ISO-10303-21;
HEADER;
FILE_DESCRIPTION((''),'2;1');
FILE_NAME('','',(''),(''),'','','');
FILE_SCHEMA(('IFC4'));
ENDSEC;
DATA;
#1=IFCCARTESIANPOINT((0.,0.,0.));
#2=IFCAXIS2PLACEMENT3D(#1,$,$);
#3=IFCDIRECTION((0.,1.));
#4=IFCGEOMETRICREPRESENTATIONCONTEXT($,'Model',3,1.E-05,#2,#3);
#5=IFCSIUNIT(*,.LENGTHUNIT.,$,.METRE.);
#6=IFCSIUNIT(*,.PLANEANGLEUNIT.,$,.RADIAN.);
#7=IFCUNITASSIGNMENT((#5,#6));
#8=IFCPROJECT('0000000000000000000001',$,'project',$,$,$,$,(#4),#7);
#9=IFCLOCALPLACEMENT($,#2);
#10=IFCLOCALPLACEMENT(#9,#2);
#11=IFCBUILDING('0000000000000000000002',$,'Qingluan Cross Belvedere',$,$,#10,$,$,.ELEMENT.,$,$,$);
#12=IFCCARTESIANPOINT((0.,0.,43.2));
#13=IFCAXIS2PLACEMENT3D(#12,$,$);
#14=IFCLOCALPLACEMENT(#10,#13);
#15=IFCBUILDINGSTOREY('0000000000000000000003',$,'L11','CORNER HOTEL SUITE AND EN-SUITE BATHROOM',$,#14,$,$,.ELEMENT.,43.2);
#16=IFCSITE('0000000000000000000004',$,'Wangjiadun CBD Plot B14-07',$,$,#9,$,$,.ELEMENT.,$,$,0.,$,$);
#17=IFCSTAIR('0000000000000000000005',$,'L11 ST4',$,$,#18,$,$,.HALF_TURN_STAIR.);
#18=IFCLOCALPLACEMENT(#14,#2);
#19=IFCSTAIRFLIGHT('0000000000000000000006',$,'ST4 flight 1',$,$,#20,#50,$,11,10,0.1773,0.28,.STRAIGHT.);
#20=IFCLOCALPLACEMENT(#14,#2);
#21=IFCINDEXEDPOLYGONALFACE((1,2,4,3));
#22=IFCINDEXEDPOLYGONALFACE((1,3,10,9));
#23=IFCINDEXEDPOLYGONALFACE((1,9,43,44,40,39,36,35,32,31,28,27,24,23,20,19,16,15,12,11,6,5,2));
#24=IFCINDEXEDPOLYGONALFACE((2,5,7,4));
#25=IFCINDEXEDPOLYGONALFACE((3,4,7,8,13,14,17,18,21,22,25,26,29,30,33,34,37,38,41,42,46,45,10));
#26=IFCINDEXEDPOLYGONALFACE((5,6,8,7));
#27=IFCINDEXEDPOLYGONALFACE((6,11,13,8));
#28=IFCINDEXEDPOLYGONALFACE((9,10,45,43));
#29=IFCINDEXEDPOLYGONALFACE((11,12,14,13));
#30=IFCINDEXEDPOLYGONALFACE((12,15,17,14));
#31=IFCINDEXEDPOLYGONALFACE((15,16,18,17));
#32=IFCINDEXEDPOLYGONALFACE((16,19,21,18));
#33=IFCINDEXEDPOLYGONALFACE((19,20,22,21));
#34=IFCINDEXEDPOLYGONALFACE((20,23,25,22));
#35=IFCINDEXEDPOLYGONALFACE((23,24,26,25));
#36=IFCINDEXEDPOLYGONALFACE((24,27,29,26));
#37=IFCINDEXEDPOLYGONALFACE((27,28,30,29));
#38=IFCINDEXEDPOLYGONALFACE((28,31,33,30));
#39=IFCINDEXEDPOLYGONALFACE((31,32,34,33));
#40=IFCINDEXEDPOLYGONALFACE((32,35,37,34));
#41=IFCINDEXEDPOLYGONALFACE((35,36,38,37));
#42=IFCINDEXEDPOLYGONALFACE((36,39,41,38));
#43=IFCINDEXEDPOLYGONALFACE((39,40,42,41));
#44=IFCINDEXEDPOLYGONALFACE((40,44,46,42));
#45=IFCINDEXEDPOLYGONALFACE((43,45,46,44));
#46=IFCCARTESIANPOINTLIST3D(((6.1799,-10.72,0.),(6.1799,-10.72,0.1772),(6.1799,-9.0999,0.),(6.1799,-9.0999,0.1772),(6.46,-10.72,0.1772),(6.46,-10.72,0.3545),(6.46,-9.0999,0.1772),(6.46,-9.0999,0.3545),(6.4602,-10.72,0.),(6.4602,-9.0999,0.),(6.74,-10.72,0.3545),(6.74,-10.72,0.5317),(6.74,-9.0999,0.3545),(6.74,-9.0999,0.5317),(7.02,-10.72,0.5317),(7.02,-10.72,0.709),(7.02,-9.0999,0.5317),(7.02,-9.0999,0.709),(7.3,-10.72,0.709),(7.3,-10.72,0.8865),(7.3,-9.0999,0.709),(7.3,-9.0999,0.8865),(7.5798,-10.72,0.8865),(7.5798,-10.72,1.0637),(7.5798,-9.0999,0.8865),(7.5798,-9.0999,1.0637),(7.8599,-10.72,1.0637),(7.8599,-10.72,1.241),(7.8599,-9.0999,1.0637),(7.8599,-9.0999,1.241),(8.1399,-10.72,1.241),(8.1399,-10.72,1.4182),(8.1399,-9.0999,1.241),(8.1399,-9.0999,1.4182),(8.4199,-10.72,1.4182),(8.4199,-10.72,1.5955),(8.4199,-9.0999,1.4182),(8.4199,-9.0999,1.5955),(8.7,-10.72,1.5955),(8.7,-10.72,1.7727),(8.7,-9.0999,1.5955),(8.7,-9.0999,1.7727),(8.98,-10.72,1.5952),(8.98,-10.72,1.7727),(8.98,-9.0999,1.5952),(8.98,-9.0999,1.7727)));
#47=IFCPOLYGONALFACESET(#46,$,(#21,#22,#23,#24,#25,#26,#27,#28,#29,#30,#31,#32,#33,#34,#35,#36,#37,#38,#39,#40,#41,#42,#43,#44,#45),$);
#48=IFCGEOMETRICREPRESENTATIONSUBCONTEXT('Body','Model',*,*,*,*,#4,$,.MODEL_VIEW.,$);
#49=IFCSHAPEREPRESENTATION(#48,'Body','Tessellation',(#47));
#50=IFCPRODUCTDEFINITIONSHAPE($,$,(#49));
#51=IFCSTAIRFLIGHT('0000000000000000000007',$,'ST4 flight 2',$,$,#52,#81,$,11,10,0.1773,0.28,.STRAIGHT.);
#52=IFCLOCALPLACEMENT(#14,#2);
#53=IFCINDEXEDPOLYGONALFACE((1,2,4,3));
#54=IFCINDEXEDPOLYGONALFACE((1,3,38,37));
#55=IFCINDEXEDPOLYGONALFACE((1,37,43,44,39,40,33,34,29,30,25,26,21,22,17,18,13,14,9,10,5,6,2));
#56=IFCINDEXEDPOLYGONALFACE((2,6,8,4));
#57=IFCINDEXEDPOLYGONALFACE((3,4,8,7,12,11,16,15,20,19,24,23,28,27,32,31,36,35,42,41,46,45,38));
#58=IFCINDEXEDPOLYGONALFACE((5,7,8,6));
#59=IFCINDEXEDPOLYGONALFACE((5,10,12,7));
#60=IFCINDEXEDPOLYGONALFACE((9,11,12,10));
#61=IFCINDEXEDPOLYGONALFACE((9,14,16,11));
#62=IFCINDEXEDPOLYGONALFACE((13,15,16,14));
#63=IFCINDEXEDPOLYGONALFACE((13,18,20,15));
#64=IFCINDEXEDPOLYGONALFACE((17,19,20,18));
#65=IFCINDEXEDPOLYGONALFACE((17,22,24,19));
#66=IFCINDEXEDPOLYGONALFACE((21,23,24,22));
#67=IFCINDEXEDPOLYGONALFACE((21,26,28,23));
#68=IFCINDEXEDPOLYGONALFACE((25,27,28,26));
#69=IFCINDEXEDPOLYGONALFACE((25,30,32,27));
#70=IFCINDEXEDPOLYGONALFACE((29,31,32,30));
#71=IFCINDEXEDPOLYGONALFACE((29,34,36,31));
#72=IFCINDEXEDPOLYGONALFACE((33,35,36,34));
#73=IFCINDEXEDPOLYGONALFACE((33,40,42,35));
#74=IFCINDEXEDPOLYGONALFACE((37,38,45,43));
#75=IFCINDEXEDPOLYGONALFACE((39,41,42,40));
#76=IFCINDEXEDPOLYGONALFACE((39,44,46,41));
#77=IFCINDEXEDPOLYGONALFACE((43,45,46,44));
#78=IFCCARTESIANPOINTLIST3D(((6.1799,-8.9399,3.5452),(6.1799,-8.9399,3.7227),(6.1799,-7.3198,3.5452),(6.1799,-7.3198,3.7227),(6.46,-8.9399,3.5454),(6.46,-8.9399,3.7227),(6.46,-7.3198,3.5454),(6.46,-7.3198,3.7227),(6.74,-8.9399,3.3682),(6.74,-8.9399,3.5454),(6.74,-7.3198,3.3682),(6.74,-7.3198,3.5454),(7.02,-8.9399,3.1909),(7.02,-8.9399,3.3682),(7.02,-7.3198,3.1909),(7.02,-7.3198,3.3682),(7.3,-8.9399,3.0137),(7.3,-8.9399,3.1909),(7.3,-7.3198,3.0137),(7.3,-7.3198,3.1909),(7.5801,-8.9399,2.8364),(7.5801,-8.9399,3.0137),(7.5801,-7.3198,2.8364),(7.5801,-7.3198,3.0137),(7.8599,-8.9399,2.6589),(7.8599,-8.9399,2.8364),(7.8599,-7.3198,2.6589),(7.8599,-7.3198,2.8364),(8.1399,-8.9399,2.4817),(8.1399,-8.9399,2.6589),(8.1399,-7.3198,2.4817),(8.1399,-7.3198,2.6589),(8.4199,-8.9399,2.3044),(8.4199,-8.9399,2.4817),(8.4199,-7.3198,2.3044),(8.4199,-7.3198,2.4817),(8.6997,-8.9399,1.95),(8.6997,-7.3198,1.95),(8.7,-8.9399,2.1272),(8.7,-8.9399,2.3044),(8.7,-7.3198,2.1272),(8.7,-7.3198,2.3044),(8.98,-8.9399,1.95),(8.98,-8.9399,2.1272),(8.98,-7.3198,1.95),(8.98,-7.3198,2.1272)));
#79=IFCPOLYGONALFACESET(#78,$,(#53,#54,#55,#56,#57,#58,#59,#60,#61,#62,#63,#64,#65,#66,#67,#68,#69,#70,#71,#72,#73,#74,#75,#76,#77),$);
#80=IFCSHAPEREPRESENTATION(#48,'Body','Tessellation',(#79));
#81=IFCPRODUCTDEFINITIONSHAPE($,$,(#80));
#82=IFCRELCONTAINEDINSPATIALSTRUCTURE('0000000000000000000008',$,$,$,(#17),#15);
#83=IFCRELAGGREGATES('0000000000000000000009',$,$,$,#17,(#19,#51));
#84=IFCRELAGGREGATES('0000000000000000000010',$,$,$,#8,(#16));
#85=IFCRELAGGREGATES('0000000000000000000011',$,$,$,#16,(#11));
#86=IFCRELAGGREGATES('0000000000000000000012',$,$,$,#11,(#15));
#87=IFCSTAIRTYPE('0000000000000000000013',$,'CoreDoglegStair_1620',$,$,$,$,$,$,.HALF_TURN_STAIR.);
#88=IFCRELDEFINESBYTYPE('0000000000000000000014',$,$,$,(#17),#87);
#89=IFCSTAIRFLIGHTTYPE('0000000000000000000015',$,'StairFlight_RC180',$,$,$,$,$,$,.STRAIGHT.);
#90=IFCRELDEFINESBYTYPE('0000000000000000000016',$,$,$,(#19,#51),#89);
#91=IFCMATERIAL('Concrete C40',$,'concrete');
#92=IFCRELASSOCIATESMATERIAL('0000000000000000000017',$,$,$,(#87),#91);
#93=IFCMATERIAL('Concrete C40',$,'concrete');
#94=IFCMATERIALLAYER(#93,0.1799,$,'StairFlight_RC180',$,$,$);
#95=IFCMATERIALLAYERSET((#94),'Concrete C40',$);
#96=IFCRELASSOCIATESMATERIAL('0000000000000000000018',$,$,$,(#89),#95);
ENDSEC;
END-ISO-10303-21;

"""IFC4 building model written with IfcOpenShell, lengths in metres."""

from ifc_helpers import new_model, si_unit, direction, frame, origin, place, context, subcontext, project, spatial, polyline, outline, extrude, material, layer, layer_set, type_object, element, aggregate, save


model = new_model("IFC4")

# Units and contexts
model_context = context("Model", 3, precision=1e-05, world=origin(), true_north=direction((0.0, 1.0)))
body_context = subcontext(model_context, "Body", "Model", "MODEL_VIEW")
ifc_project = project(units=[si_unit("LENGTHUNIT", "METRE"), si_unit("PLANEANGLEUNIT", "RADIAN")], contexts=[model_context])

# Site, building, storey
site_placement = place(None, origin())
site = spatial("IfcSite", under=ifc_project, at=site_placement, Name="Wangjiadun CBD Plot B14-07", CompositionType="ELEMENT", RefElevation=0.0)
building_placement = place(site_placement, origin())
building = spatial("IfcBuilding", under=site, at=building_placement, Name="Qingluan Cross Belvedere", CompositionType="ELEMENT")
storey_placement = place(building_placement, frame((0.0, 0.0, 43.2)))
storey = spatial("IfcBuildingStorey", under=building, at=storey_placement, Name="L11", Description="CORNER HOTEL SUITE AND EN-SUITE BATHROOM", CompositionType="ELEMENT", Elevation=43.2)

# Shared definitions
ifc_material_1 = material(Name="Concrete C40", Category="concrete")
stair_type = type_object("IfcStairType", Name="CoreDoglegStair_1620", PredefinedType="HALF_TURN_STAIR", material=ifc_material_1)
ifc_material_2 = material(Name="Concrete C40", Category="concrete")
ifc_layer_1 = layer(ifc_material_2, 0.1799, Name="StairFlight_RC180")
ifc_layer_set_1 = layer_set([ifc_layer_1], Name="Concrete C40")
stair_flight_type = type_object("IfcStairFlightType", Name="StairFlight_RC180", PredefinedType="STRAIGHT", material=ifc_layer_set_1)

# Stair, stair flights
stair_1_placement = place(storey_placement, origin())
stair_1 = element("IfcStair", 1, at=stair_1_placement, inside=storey, type_object=stair_type, Name="L11 ST4", PredefinedType="HALF_TURN_STAIR")
stair_flight_1_placement = place(storey_placement, frame((6.1799, -9.9099, 0.0), z_axis=(0.0, 0.0, 1.0), x_axis=(1.0, 0.0, 0.0)))
stair_flight_1 = element("IfcStairFlight", 2, at=stair_flight_1_placement, type_object=stair_flight_type, Name="ST4 flight 1", NumberOfRisers=11, NumberOfTreads=10, PredefinedType="STRAIGHT", RiserHeight=0.1773, TreadLength=0.28, context=body_context, shape_type="SweptSolid", body=[
    extrude(outline(polyline([(0.0, 0.0), (0.0, 0.1772), (0.28, 0.1772), (0.28, 0.3545), (0.5601, 0.3545), (0.5601, 0.5317), (0.8401, 0.5317), (0.8401, 0.709), (1.1201, 0.709), (1.1201, 0.8865), (1.3999, 0.8865), (1.3999, 1.0637), (1.6799, 1.0637), (1.6799, 1.241), (1.96, 1.241), (1.96, 1.4182), (2.24, 1.4182), (2.24, 1.5955), (2.52, 1.5955), (2.52, 1.7727), (2.8, 1.7727), (2.8, 1.95), (2.8, 1.5952), (0.2803, 0.0), (0.0, 0.0)])), frame((0.0, 0.8101, 0.0), z_axis=(0.0, -1.0, 0.0), x_axis=(1.0, 0.0, 0.0)), (0.0, 0.0, 1.0), 1.6201),
])
stair_flight_2_placement = place(storey_placement, frame((8.98, -8.1299, 1.95), z_axis=(0.0, 0.0, 1.0), x_axis=(-1.0, 0.0, 0.0)))
stair_flight_2 = element("IfcStairFlight", 3, at=stair_flight_2_placement, type_object=stair_flight_type, Name="ST4 flight 2", NumberOfRisers=11, NumberOfTreads=10, PredefinedType="STRAIGHT", RiserHeight=0.1773, TreadLength=0.28, context=body_context, shape_type="SweptSolid", body=[
    extrude(outline(polyline([(0.0, 0.0), (0.0, 0.1772), (0.28, 0.1772), (0.28, 0.3545), (0.5601, 0.3545), (0.5601, 0.5317), (0.8401, 0.5317), (0.8401, 0.709), (1.1201, 0.709), (1.1201, 0.8865), (1.3999, 0.8865), (1.3999, 1.0637), (1.6799, 1.0637), (1.6799, 1.241), (1.96, 1.241), (1.96, 1.4182), (2.24, 1.4182), (2.24, 1.5955), (2.52, 1.5955), (2.52, 1.7727), (2.8, 1.7727), (2.8, 1.95), (2.8, 1.5952), (0.2803, 0.0), (0.0, 0.0)])), frame((0.0, 0.8101, 0.0), z_axis=(0.0, -1.0, 0.0), x_axis=(1.0, 0.0, 0.0)), (0.0, 0.0, 1.0), 1.6201),
])
aggregate(stair_1, [stair_flight_1, stair_flight_2])

save(model, "model.ifc")
